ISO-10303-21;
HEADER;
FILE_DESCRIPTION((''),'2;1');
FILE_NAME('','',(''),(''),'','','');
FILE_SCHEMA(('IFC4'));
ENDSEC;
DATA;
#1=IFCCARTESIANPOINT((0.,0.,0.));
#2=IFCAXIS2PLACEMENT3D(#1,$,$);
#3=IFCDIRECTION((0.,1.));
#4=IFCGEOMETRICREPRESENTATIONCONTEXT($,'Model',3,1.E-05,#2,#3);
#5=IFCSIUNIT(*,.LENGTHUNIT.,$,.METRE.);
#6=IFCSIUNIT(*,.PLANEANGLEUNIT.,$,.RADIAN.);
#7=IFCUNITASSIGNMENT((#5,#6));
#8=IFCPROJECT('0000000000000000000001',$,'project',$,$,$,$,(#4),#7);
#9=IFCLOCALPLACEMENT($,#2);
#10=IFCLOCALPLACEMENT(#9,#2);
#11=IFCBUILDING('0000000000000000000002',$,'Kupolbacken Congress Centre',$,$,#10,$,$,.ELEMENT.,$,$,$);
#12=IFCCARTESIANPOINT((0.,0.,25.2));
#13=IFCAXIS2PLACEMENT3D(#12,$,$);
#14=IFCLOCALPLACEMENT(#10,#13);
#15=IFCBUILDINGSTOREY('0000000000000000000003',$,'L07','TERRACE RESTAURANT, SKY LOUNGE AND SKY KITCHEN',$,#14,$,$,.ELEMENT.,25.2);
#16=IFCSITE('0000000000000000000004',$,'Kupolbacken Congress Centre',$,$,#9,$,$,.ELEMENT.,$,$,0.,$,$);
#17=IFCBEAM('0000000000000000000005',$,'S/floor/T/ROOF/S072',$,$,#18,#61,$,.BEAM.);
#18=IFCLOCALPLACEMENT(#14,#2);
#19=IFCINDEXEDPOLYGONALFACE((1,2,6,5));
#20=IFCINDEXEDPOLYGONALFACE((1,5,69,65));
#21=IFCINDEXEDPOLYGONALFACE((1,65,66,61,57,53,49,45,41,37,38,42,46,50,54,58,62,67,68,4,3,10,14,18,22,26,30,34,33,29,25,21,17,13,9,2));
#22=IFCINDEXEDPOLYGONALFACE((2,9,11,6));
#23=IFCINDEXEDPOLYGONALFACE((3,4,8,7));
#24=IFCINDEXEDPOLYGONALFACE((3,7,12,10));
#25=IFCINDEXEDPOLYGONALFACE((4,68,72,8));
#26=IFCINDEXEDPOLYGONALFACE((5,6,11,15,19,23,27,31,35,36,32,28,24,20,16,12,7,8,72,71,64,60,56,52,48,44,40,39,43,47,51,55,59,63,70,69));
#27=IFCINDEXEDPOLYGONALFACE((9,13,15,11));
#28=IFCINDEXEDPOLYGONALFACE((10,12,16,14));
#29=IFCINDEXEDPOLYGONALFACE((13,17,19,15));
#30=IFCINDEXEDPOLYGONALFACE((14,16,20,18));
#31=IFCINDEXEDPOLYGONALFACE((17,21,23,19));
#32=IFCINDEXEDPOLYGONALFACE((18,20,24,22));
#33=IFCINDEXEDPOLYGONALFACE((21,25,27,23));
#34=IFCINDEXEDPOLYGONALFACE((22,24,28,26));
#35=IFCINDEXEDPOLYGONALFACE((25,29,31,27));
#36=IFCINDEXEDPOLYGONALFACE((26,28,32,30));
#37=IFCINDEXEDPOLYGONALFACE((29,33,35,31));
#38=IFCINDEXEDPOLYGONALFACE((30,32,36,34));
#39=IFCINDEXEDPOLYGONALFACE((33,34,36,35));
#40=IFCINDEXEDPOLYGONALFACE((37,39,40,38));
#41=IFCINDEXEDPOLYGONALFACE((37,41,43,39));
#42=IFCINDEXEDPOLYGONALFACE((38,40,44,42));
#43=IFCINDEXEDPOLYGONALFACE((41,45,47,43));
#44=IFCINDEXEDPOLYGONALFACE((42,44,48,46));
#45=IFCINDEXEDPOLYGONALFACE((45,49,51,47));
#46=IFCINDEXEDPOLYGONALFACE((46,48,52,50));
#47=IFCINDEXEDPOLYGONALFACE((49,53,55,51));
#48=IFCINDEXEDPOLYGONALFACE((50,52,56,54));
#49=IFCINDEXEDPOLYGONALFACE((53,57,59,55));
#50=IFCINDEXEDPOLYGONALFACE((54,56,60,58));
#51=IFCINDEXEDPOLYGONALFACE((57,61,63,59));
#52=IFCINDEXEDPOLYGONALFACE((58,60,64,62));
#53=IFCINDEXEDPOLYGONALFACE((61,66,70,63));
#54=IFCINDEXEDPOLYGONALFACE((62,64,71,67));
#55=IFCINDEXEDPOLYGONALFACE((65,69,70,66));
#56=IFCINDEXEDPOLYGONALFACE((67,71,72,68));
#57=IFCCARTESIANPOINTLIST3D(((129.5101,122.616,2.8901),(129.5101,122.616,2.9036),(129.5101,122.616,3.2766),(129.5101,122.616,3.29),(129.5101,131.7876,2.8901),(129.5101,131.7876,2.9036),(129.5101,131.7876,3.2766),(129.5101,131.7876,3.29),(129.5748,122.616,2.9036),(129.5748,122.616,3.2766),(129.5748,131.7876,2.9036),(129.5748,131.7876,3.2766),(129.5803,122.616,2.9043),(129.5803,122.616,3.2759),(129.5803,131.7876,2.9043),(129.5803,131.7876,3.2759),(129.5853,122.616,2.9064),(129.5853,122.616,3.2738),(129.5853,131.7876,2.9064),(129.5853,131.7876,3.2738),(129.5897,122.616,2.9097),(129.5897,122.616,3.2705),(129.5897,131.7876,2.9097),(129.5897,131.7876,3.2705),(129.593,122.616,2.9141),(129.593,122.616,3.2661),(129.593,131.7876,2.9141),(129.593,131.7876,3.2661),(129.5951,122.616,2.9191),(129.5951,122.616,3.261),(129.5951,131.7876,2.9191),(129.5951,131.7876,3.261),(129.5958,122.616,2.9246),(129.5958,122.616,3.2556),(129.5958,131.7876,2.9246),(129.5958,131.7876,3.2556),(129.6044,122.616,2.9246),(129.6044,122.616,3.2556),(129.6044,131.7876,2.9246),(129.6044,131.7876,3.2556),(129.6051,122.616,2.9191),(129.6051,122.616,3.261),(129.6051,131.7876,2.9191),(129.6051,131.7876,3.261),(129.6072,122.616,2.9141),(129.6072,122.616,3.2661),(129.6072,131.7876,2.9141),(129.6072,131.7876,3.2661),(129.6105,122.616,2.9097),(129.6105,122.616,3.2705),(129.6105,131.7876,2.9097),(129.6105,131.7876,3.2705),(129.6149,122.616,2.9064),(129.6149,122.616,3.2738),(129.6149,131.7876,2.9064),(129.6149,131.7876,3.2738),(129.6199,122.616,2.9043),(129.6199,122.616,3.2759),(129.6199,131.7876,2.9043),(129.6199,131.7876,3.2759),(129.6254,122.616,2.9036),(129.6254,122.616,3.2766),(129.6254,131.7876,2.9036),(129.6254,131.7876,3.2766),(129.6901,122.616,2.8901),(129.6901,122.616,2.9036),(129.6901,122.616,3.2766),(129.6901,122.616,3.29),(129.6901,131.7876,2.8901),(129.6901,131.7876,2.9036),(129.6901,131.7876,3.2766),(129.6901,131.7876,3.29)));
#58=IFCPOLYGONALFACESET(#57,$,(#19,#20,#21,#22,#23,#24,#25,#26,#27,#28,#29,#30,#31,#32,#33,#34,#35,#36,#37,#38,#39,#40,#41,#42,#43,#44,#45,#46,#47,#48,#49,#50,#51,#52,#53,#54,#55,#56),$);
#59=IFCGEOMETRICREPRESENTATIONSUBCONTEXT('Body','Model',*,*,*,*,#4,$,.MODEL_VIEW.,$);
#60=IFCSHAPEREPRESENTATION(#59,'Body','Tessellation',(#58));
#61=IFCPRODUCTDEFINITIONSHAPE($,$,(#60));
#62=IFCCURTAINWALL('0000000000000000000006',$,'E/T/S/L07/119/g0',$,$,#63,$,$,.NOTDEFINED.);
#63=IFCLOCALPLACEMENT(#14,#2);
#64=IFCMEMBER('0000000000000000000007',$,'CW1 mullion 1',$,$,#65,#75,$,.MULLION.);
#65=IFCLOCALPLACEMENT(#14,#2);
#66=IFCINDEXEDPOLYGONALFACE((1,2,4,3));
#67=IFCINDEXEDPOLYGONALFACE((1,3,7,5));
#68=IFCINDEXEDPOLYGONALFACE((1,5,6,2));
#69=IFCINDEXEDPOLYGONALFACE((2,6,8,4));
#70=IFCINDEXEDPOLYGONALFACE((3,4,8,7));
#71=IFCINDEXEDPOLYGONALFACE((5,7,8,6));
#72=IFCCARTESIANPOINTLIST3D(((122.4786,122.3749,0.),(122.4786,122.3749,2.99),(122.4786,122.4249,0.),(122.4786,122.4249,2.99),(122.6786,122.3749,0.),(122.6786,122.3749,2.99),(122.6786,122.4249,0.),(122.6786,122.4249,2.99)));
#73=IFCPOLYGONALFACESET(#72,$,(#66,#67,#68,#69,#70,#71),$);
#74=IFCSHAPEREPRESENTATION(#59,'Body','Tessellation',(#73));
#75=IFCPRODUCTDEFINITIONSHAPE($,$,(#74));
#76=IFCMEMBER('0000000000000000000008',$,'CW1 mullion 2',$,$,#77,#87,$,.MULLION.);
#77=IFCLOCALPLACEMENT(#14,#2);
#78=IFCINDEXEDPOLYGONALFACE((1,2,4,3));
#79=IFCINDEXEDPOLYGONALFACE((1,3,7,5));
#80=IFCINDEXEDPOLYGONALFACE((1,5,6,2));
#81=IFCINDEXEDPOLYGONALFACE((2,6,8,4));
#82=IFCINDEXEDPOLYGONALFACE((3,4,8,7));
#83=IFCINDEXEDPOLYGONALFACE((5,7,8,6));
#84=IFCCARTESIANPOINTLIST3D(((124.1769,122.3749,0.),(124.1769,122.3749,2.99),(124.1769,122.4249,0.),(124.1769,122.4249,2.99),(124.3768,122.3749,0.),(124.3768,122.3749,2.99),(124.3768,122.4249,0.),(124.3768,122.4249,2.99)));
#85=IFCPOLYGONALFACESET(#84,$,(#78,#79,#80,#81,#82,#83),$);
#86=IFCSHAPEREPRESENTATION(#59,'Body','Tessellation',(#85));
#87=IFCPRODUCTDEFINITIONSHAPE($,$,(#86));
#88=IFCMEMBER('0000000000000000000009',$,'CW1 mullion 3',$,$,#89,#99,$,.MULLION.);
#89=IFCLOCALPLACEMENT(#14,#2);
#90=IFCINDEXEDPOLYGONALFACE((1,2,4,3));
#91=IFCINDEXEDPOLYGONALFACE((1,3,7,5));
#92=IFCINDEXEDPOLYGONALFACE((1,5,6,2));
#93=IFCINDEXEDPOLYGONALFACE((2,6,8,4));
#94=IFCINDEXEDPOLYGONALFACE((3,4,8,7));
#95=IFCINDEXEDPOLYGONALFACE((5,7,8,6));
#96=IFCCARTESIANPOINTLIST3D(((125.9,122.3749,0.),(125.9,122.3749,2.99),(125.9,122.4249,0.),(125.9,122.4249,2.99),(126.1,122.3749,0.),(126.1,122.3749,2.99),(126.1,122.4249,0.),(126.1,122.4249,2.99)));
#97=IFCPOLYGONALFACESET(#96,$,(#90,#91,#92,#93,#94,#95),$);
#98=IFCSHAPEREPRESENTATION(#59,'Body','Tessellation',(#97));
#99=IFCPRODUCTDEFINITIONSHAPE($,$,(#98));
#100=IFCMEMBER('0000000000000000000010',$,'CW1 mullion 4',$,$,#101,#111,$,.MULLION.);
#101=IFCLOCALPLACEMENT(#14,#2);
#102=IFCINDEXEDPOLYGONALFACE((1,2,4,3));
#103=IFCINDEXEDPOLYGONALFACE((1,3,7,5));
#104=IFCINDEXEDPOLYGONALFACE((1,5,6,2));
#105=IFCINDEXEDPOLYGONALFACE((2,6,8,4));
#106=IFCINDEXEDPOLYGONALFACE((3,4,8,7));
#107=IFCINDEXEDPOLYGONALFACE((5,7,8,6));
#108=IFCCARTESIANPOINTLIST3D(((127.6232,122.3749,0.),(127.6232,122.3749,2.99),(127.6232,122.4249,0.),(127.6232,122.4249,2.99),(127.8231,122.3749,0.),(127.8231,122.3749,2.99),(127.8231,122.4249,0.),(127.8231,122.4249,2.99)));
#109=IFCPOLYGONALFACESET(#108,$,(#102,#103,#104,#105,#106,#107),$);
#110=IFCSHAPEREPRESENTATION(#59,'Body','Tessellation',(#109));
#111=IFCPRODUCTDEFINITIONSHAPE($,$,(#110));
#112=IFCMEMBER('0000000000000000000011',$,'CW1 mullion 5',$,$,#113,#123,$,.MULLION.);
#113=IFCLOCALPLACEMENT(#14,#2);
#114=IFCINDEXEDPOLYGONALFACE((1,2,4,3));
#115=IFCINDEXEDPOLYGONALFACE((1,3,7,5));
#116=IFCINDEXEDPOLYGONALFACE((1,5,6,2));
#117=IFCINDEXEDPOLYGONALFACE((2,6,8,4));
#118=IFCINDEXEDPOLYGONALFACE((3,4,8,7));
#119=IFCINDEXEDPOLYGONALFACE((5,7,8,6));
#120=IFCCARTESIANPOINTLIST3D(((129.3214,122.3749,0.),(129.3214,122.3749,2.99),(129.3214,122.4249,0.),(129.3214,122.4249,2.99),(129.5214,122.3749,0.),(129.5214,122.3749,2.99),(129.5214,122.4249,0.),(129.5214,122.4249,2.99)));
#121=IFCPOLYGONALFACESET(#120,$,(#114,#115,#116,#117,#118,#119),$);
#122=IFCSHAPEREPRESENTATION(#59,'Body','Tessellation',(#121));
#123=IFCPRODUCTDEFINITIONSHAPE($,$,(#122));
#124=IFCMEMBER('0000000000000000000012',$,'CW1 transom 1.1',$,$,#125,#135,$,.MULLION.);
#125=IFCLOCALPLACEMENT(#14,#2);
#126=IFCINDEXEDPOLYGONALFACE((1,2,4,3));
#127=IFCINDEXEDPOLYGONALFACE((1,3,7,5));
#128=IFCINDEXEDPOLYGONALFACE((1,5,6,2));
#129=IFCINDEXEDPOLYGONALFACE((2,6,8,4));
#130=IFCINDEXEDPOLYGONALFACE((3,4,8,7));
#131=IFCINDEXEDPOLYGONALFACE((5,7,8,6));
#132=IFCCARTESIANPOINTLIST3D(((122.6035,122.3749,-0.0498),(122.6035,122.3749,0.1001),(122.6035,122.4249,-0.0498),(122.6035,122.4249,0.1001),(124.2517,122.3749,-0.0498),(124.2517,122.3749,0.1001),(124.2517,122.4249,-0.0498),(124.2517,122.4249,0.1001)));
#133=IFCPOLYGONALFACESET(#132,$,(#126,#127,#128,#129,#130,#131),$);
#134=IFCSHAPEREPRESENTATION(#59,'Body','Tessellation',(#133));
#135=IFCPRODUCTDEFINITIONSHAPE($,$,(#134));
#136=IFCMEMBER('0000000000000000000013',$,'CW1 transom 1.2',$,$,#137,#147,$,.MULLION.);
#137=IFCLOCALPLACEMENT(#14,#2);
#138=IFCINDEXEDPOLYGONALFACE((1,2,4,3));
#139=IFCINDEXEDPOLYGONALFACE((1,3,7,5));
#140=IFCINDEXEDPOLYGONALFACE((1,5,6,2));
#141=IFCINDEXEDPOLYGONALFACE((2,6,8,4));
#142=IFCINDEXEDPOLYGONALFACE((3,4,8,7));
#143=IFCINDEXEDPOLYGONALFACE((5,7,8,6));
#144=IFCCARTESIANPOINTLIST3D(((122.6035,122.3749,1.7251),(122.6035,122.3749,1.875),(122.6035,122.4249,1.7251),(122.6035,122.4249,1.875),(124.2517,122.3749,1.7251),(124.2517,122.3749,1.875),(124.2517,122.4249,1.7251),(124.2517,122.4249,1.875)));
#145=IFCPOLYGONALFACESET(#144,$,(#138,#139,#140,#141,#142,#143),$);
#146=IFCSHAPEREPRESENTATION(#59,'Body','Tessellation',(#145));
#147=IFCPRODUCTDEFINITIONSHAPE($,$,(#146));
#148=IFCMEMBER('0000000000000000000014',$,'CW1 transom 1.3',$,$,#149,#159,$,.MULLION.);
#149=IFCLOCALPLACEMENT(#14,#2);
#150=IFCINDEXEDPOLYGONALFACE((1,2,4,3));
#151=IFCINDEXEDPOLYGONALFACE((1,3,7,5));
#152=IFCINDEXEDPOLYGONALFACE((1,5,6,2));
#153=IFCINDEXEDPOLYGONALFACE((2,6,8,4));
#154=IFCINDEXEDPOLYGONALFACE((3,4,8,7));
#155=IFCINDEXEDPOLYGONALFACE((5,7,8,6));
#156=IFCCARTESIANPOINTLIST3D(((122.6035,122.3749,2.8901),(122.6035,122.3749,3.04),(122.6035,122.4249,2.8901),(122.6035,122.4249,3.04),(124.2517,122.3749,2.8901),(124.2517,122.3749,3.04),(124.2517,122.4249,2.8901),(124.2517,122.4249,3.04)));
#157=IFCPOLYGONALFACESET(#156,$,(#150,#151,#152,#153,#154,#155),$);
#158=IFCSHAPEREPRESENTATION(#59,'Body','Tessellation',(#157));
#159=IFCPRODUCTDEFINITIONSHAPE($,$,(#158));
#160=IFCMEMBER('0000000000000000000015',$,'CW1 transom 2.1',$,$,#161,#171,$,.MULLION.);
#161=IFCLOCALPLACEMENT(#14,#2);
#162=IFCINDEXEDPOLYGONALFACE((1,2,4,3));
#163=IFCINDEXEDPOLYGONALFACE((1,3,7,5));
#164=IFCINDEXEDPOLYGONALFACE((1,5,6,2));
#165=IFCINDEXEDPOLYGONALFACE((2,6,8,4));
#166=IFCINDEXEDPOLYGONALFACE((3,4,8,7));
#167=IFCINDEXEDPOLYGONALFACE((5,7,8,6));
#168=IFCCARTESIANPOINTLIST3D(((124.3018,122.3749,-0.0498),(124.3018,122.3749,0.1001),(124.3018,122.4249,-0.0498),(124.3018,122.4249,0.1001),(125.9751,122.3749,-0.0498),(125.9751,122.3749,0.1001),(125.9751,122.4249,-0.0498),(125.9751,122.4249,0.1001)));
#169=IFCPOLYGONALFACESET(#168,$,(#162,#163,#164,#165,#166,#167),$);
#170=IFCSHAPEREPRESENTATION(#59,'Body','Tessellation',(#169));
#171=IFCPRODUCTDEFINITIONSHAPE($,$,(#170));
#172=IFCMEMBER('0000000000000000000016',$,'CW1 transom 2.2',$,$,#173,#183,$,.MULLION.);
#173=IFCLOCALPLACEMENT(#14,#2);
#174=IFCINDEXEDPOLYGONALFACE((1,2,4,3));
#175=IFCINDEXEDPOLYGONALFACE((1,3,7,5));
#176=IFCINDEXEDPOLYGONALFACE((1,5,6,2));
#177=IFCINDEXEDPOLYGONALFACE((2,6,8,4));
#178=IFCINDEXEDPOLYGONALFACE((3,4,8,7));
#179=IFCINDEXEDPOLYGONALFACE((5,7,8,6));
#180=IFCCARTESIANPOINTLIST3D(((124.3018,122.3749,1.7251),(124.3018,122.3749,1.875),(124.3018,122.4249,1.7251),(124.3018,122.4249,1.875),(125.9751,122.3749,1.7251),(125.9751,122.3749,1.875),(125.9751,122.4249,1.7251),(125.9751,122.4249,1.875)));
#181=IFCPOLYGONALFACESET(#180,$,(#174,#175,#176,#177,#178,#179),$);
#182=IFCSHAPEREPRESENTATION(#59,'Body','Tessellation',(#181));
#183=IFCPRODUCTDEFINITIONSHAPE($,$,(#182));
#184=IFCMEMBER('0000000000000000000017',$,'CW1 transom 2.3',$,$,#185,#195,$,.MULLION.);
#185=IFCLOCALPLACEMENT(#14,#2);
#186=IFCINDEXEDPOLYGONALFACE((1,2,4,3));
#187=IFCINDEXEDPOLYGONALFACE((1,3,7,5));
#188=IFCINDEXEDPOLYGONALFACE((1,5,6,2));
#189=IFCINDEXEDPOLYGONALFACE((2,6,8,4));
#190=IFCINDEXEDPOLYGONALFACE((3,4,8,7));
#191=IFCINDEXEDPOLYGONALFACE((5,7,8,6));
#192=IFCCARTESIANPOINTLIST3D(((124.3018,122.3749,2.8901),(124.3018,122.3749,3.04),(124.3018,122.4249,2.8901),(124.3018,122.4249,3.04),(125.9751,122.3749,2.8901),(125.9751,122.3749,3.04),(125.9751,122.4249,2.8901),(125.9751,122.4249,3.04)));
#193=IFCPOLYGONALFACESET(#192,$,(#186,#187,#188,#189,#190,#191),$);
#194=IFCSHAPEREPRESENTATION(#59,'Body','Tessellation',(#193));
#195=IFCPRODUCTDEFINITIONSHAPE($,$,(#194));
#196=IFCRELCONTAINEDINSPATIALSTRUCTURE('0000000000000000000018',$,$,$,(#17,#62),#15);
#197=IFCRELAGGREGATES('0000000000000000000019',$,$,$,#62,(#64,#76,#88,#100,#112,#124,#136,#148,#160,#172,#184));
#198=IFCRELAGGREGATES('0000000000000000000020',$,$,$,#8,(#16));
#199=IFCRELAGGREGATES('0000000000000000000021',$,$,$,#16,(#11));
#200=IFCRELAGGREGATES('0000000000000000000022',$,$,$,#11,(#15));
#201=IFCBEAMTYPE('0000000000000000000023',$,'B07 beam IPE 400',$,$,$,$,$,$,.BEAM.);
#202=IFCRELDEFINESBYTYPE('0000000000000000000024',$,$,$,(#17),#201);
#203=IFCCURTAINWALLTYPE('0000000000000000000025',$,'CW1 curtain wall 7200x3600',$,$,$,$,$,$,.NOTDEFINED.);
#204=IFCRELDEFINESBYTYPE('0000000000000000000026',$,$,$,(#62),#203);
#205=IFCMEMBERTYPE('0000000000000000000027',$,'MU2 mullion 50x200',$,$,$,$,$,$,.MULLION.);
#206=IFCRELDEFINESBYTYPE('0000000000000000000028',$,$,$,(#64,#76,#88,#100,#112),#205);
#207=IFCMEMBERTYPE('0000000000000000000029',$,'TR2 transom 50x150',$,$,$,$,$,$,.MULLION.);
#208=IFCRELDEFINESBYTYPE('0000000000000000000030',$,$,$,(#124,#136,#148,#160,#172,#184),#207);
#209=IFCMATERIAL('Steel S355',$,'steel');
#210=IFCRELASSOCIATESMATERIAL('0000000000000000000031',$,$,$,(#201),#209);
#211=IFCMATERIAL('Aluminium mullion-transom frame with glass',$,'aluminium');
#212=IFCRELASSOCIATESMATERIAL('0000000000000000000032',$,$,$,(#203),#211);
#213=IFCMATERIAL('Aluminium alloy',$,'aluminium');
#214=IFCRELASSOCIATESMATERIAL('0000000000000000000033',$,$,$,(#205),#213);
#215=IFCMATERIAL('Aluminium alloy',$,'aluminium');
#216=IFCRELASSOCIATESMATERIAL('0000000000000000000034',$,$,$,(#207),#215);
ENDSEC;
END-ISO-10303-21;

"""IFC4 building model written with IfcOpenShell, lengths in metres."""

from ifc_helpers import new_model, si_unit, direction, frame, origin, origin_2d, place, context, subcontext, project, spatial, rectangle, i_section, extrude, material, material_profile, profile_set, type_object, element, aggregate, save


model = new_model("IFC4")

# Units and contexts
model_context = context("Model", 3, precision=1e-05, world=origin(), true_north=direction((0.0, 1.0)))
body_context = subcontext(model_context, "Body", "Model", "MODEL_VIEW")
ifc_project = project(units=[si_unit("LENGTHUNIT", "METRE"), si_unit("PLANEANGLEUNIT", "RADIAN")], contexts=[model_context])

# Site, building, storey
site_placement = place(None, origin())
site = spatial("IfcSite", under=ifc_project, at=site_placement, Name="Kupolbacken Congress Centre", CompositionType="ELEMENT", RefElevation=0.0)
building_placement = place(site_placement, origin())
building = spatial("IfcBuilding", under=site, at=building_placement, Name="Kupolbacken Congress Centre", CompositionType="ELEMENT")
storey_placement = place(building_placement, frame((0.0, 0.0, 25.2)))
storey = spatial("IfcBuildingStorey", under=building, at=storey_placement, Name="L07", Description="TERRACE RESTAURANT, SKY LOUNGE AND SKY KITCHEN", CompositionType="ELEMENT", Elevation=25.2)

# Beam
ifc_material_1 = material(Name="Steel S355", Category="steel")
ifc_material_profile_1 = material_profile(ifc_material_1, i_section(OverallWidth=0.1799, OverallDepth=0.3999, WebThickness=0.0085, FlangeThickness=0.0134, FilletRadius=0.021, at=origin_2d()), Name="IPE 400")
ifc_profile_set_1 = profile_set([ifc_material_profile_1], Name="Steel S355")
beam_type_1 = type_object("IfcBeamType", Name="B07 beam IPE 400", PredefinedType="BEAM", material=ifc_profile_set_1)
beam_1_placement = place(storey_placement, frame((129.6001, 122.616, 3.0901), z_axis=(0.0, 1.0, 0.0), x_axis=(-1.0, 0.0, 0.0)))
element("IfcBeam", 1, at=beam_1_placement, inside=storey, type_object=beam_type_1, Name="S/floor/T/ROOF/S072", PredefinedType="BEAM", context=body_context, shape_type="SweptSolid", body=[
    extrude(i_section(OverallWidth=0.1799, OverallDepth=0.3999, WebThickness=0.0085, FlangeThickness=0.0134, FilletRadius=0.021, at=origin_2d()), origin(), (0.0, 0.0, 1.0), 9.1716),
])

# Curtain wall, members
ifc_material_2 = material(Name="Aluminium mullion-transom frame with glass", Category="aluminium")
curtain_wall_type = type_object("IfcCurtainWallType", Name="CW1 curtain wall 7200x3600", PredefinedType="NOTDEFINED", material=ifc_material_2)
curtain_wall_placement = place(storey_placement, origin())
curtain_wall = element("IfcCurtainWall", 2, at=curtain_wall_placement, inside=storey, type_object=curtain_wall_type, Name="E/T/S/L07/119/g0", PredefinedType="NOTDEFINED")
ifc_material_3 = material(Name="Aluminium alloy", Category="aluminium")
ifc_material_profile_2 = material_profile(ifc_material_3, rectangle(XDim=0.05, YDim=0.2, at=origin_2d()), Name="50 x 200")
ifc_profile_set_2 = profile_set([ifc_material_profile_2], Name="Aluminium alloy")
member_type_1 = type_object("IfcMemberType", Name="MU2 mullion 50x200", PredefinedType="MULLION", material=ifc_profile_set_2)
member_1_placement = place(storey_placement, frame((122.5786, 122.3999, 0.0), z_axis=(0.0, 0.0, 1.0), x_axis=(0.0, 1.0, 0.0)))
member_1 = element("IfcMember", 3, at=member_1_placement, type_object=member_type_1, Name="CW1 mullion 1", PredefinedType="MULLION", context=body_context, shape_type="SweptSolid", body=[
    extrude(rectangle(XDim=0.05, YDim=0.2, at=origin_2d()), origin(), (0.0, 0.0, 1.0), 2.99),
])
member_2_placement = place(storey_placement, frame((124.2769, 122.3999, 0.0), z_axis=(0.0, 0.0, 1.0), x_axis=(0.0, 1.0, 0.0)))
member_2 = element("IfcMember", 4, at=member_2_placement, type_object=member_type_1, Name="CW1 mullion 2", PredefinedType="MULLION", context=body_context, shape_type="SweptSolid", body=[
    extrude(rectangle(XDim=0.05, YDim=0.2, at=origin_2d()), origin(), (0.0, 0.0, 1.0), 2.99),
])
member_3_placement = place(storey_placement, frame((126.0, 122.3999, 0.0), z_axis=(0.0, 0.0, 1.0), x_axis=(0.0, 1.0, 0.0)))
member_3 = element("IfcMember", 5, at=member_3_placement, type_object=member_type_1, Name="CW1 mullion 3", PredefinedType="MULLION", context=body_context, shape_type="SweptSolid", body=[
    extrude(rectangle(XDim=0.05, YDim=0.2, at=origin_2d()), origin(), (0.0, 0.0, 1.0), 2.99),
])
member_4_placement = place(storey_placement, frame((127.7231, 122.3999, 0.0), z_axis=(0.0, 0.0, 1.0), x_axis=(0.0, 1.0, 0.0)))
member_4 = element("IfcMember", 6, at=member_4_placement, type_object=member_type_1, Name="CW1 mullion 4", PredefinedType="MULLION", context=body_context, shape_type="SweptSolid", body=[
    extrude(rectangle(XDim=0.05, YDim=0.2, at=origin_2d()), origin(), (0.0, 0.0, 1.0), 2.99),
])
member_5_placement = place(storey_placement, frame((129.4214, 122.3999, 0.0), z_axis=(0.0, 0.0, 1.0), x_axis=(0.0, 1.0, 0.0)))
member_5 = element("IfcMember", 7, at=member_5_placement, type_object=member_type_1, Name="CW1 mullion 5", PredefinedType="MULLION", context=body_context, shape_type="SweptSolid", body=[
    extrude(rectangle(XDim=0.05, YDim=0.2, at=origin_2d()), origin(), (0.0, 0.0, 1.0), 2.99),
])
ifc_material_4 = material(Name="Aluminium alloy", Category="aluminium")
ifc_material_profile_3 = material_profile(ifc_material_4, rectangle(XDim=0.05, YDim=0.1499, at=origin_2d()), Name="50 x 150")
ifc_profile_set_3 = profile_set([ifc_material_profile_3], Name="Aluminium alloy")
member_type_2 = type_object("IfcMemberType", Name="TR2 transom 50x150", PredefinedType="MULLION", material=ifc_profile_set_3)
member_6_placement = place(storey_placement, frame((122.6035, 122.3999, 0.0251), z_axis=(1.0, 0.0, 0.0), x_axis=(0.0, 1.0, 0.0)))
member_6 = element("IfcMember", 8, at=member_6_placement, type_object=member_type_2, Name="CW1 transom 1.1", PredefinedType="MULLION", context=body_context, shape_type="SweptSolid", body=[
    extrude(rectangle(XDim=0.05, YDim=0.1499, at=origin_2d()), origin(), (0.0, 0.0, 1.0), 1.6482),
])
member_7_placement = place(storey_placement, frame((122.6035, 122.3999, 1.8), z_axis=(1.0, 0.0, 0.0), x_axis=(0.0, 1.0, 0.0)))
member_7 = element("IfcMember", 9, at=member_7_placement, type_object=member_type_2, Name="CW1 transom 1.2", PredefinedType="MULLION", context=body_context, shape_type="SweptSolid", body=[
    extrude(rectangle(XDim=0.05, YDim=0.1499, at=origin_2d()), origin(), (0.0, 0.0, 1.0), 1.6482),
])
member_8_placement = place(storey_placement, frame((122.6035, 122.3999, 2.9651), z_axis=(1.0, 0.0, 0.0), x_axis=(0.0, 1.0, 0.0)))
member_8 = element("IfcMember", 10, at=member_8_placement, type_object=member_type_2, Name="CW1 transom 1.3", PredefinedType="MULLION", context=body_context, shape_type="SweptSolid", body=[
    extrude(rectangle(XDim=0.05, YDim=0.1499, at=origin_2d()), origin(), (0.0, 0.0, 1.0), 1.6482),
])
member_9_placement = place(storey_placement, frame((124.3018, 122.3999, 0.0251), z_axis=(1.0, 0.0, 0.0), x_axis=(0.0, 1.0, 0.0)))
member_9 = element("IfcMember", 11, at=member_9_placement, type_object=member_type_2, Name="CW1 transom 2.1", PredefinedType="MULLION", context=body_context, shape_type="SweptSolid", body=[
    extrude(rectangle(XDim=0.05, YDim=0.1499, at=origin_2d()), origin(), (0.0, 0.0, 1.0), 1.6733),
])
member_10_placement = place(storey_placement, frame((124.3018, 122.3999, 1.8), z_axis=(1.0, 0.0, 0.0), x_axis=(0.0, 1.0, 0.0)))
member_10 = element("IfcMember", 12, at=member_10_placement, type_object=member_type_2, Name="CW1 transom 2.2", PredefinedType="MULLION", context=body_context, shape_type="SweptSolid", body=[
    extrude(rectangle(XDim=0.05, YDim=0.1499, at=origin_2d()), origin(), (0.0, 0.0, 1.0), 1.6733),
])
member_11_placement = place(storey_placement, frame((124.3018, 122.3999, 2.9651), z_axis=(1.0, 0.0, 0.0), x_axis=(0.0, 1.0, 0.0)))
member_11 = element("IfcMember", 13, at=member_11_placement, type_object=member_type_2, Name="CW1 transom 2.3", PredefinedType="MULLION", context=body_context, shape_type="SweptSolid", body=[
    extrude(rectangle(XDim=0.05, YDim=0.1499, at=origin_2d()), origin(), (0.0, 0.0, 1.0), 1.6733),
])
aggregate(curtain_wall, [member_1, member_2, member_3, member_4, member_5, member_6, member_7, member_8, member_9, member_10, member_11])

save(model, "model.ifc")
